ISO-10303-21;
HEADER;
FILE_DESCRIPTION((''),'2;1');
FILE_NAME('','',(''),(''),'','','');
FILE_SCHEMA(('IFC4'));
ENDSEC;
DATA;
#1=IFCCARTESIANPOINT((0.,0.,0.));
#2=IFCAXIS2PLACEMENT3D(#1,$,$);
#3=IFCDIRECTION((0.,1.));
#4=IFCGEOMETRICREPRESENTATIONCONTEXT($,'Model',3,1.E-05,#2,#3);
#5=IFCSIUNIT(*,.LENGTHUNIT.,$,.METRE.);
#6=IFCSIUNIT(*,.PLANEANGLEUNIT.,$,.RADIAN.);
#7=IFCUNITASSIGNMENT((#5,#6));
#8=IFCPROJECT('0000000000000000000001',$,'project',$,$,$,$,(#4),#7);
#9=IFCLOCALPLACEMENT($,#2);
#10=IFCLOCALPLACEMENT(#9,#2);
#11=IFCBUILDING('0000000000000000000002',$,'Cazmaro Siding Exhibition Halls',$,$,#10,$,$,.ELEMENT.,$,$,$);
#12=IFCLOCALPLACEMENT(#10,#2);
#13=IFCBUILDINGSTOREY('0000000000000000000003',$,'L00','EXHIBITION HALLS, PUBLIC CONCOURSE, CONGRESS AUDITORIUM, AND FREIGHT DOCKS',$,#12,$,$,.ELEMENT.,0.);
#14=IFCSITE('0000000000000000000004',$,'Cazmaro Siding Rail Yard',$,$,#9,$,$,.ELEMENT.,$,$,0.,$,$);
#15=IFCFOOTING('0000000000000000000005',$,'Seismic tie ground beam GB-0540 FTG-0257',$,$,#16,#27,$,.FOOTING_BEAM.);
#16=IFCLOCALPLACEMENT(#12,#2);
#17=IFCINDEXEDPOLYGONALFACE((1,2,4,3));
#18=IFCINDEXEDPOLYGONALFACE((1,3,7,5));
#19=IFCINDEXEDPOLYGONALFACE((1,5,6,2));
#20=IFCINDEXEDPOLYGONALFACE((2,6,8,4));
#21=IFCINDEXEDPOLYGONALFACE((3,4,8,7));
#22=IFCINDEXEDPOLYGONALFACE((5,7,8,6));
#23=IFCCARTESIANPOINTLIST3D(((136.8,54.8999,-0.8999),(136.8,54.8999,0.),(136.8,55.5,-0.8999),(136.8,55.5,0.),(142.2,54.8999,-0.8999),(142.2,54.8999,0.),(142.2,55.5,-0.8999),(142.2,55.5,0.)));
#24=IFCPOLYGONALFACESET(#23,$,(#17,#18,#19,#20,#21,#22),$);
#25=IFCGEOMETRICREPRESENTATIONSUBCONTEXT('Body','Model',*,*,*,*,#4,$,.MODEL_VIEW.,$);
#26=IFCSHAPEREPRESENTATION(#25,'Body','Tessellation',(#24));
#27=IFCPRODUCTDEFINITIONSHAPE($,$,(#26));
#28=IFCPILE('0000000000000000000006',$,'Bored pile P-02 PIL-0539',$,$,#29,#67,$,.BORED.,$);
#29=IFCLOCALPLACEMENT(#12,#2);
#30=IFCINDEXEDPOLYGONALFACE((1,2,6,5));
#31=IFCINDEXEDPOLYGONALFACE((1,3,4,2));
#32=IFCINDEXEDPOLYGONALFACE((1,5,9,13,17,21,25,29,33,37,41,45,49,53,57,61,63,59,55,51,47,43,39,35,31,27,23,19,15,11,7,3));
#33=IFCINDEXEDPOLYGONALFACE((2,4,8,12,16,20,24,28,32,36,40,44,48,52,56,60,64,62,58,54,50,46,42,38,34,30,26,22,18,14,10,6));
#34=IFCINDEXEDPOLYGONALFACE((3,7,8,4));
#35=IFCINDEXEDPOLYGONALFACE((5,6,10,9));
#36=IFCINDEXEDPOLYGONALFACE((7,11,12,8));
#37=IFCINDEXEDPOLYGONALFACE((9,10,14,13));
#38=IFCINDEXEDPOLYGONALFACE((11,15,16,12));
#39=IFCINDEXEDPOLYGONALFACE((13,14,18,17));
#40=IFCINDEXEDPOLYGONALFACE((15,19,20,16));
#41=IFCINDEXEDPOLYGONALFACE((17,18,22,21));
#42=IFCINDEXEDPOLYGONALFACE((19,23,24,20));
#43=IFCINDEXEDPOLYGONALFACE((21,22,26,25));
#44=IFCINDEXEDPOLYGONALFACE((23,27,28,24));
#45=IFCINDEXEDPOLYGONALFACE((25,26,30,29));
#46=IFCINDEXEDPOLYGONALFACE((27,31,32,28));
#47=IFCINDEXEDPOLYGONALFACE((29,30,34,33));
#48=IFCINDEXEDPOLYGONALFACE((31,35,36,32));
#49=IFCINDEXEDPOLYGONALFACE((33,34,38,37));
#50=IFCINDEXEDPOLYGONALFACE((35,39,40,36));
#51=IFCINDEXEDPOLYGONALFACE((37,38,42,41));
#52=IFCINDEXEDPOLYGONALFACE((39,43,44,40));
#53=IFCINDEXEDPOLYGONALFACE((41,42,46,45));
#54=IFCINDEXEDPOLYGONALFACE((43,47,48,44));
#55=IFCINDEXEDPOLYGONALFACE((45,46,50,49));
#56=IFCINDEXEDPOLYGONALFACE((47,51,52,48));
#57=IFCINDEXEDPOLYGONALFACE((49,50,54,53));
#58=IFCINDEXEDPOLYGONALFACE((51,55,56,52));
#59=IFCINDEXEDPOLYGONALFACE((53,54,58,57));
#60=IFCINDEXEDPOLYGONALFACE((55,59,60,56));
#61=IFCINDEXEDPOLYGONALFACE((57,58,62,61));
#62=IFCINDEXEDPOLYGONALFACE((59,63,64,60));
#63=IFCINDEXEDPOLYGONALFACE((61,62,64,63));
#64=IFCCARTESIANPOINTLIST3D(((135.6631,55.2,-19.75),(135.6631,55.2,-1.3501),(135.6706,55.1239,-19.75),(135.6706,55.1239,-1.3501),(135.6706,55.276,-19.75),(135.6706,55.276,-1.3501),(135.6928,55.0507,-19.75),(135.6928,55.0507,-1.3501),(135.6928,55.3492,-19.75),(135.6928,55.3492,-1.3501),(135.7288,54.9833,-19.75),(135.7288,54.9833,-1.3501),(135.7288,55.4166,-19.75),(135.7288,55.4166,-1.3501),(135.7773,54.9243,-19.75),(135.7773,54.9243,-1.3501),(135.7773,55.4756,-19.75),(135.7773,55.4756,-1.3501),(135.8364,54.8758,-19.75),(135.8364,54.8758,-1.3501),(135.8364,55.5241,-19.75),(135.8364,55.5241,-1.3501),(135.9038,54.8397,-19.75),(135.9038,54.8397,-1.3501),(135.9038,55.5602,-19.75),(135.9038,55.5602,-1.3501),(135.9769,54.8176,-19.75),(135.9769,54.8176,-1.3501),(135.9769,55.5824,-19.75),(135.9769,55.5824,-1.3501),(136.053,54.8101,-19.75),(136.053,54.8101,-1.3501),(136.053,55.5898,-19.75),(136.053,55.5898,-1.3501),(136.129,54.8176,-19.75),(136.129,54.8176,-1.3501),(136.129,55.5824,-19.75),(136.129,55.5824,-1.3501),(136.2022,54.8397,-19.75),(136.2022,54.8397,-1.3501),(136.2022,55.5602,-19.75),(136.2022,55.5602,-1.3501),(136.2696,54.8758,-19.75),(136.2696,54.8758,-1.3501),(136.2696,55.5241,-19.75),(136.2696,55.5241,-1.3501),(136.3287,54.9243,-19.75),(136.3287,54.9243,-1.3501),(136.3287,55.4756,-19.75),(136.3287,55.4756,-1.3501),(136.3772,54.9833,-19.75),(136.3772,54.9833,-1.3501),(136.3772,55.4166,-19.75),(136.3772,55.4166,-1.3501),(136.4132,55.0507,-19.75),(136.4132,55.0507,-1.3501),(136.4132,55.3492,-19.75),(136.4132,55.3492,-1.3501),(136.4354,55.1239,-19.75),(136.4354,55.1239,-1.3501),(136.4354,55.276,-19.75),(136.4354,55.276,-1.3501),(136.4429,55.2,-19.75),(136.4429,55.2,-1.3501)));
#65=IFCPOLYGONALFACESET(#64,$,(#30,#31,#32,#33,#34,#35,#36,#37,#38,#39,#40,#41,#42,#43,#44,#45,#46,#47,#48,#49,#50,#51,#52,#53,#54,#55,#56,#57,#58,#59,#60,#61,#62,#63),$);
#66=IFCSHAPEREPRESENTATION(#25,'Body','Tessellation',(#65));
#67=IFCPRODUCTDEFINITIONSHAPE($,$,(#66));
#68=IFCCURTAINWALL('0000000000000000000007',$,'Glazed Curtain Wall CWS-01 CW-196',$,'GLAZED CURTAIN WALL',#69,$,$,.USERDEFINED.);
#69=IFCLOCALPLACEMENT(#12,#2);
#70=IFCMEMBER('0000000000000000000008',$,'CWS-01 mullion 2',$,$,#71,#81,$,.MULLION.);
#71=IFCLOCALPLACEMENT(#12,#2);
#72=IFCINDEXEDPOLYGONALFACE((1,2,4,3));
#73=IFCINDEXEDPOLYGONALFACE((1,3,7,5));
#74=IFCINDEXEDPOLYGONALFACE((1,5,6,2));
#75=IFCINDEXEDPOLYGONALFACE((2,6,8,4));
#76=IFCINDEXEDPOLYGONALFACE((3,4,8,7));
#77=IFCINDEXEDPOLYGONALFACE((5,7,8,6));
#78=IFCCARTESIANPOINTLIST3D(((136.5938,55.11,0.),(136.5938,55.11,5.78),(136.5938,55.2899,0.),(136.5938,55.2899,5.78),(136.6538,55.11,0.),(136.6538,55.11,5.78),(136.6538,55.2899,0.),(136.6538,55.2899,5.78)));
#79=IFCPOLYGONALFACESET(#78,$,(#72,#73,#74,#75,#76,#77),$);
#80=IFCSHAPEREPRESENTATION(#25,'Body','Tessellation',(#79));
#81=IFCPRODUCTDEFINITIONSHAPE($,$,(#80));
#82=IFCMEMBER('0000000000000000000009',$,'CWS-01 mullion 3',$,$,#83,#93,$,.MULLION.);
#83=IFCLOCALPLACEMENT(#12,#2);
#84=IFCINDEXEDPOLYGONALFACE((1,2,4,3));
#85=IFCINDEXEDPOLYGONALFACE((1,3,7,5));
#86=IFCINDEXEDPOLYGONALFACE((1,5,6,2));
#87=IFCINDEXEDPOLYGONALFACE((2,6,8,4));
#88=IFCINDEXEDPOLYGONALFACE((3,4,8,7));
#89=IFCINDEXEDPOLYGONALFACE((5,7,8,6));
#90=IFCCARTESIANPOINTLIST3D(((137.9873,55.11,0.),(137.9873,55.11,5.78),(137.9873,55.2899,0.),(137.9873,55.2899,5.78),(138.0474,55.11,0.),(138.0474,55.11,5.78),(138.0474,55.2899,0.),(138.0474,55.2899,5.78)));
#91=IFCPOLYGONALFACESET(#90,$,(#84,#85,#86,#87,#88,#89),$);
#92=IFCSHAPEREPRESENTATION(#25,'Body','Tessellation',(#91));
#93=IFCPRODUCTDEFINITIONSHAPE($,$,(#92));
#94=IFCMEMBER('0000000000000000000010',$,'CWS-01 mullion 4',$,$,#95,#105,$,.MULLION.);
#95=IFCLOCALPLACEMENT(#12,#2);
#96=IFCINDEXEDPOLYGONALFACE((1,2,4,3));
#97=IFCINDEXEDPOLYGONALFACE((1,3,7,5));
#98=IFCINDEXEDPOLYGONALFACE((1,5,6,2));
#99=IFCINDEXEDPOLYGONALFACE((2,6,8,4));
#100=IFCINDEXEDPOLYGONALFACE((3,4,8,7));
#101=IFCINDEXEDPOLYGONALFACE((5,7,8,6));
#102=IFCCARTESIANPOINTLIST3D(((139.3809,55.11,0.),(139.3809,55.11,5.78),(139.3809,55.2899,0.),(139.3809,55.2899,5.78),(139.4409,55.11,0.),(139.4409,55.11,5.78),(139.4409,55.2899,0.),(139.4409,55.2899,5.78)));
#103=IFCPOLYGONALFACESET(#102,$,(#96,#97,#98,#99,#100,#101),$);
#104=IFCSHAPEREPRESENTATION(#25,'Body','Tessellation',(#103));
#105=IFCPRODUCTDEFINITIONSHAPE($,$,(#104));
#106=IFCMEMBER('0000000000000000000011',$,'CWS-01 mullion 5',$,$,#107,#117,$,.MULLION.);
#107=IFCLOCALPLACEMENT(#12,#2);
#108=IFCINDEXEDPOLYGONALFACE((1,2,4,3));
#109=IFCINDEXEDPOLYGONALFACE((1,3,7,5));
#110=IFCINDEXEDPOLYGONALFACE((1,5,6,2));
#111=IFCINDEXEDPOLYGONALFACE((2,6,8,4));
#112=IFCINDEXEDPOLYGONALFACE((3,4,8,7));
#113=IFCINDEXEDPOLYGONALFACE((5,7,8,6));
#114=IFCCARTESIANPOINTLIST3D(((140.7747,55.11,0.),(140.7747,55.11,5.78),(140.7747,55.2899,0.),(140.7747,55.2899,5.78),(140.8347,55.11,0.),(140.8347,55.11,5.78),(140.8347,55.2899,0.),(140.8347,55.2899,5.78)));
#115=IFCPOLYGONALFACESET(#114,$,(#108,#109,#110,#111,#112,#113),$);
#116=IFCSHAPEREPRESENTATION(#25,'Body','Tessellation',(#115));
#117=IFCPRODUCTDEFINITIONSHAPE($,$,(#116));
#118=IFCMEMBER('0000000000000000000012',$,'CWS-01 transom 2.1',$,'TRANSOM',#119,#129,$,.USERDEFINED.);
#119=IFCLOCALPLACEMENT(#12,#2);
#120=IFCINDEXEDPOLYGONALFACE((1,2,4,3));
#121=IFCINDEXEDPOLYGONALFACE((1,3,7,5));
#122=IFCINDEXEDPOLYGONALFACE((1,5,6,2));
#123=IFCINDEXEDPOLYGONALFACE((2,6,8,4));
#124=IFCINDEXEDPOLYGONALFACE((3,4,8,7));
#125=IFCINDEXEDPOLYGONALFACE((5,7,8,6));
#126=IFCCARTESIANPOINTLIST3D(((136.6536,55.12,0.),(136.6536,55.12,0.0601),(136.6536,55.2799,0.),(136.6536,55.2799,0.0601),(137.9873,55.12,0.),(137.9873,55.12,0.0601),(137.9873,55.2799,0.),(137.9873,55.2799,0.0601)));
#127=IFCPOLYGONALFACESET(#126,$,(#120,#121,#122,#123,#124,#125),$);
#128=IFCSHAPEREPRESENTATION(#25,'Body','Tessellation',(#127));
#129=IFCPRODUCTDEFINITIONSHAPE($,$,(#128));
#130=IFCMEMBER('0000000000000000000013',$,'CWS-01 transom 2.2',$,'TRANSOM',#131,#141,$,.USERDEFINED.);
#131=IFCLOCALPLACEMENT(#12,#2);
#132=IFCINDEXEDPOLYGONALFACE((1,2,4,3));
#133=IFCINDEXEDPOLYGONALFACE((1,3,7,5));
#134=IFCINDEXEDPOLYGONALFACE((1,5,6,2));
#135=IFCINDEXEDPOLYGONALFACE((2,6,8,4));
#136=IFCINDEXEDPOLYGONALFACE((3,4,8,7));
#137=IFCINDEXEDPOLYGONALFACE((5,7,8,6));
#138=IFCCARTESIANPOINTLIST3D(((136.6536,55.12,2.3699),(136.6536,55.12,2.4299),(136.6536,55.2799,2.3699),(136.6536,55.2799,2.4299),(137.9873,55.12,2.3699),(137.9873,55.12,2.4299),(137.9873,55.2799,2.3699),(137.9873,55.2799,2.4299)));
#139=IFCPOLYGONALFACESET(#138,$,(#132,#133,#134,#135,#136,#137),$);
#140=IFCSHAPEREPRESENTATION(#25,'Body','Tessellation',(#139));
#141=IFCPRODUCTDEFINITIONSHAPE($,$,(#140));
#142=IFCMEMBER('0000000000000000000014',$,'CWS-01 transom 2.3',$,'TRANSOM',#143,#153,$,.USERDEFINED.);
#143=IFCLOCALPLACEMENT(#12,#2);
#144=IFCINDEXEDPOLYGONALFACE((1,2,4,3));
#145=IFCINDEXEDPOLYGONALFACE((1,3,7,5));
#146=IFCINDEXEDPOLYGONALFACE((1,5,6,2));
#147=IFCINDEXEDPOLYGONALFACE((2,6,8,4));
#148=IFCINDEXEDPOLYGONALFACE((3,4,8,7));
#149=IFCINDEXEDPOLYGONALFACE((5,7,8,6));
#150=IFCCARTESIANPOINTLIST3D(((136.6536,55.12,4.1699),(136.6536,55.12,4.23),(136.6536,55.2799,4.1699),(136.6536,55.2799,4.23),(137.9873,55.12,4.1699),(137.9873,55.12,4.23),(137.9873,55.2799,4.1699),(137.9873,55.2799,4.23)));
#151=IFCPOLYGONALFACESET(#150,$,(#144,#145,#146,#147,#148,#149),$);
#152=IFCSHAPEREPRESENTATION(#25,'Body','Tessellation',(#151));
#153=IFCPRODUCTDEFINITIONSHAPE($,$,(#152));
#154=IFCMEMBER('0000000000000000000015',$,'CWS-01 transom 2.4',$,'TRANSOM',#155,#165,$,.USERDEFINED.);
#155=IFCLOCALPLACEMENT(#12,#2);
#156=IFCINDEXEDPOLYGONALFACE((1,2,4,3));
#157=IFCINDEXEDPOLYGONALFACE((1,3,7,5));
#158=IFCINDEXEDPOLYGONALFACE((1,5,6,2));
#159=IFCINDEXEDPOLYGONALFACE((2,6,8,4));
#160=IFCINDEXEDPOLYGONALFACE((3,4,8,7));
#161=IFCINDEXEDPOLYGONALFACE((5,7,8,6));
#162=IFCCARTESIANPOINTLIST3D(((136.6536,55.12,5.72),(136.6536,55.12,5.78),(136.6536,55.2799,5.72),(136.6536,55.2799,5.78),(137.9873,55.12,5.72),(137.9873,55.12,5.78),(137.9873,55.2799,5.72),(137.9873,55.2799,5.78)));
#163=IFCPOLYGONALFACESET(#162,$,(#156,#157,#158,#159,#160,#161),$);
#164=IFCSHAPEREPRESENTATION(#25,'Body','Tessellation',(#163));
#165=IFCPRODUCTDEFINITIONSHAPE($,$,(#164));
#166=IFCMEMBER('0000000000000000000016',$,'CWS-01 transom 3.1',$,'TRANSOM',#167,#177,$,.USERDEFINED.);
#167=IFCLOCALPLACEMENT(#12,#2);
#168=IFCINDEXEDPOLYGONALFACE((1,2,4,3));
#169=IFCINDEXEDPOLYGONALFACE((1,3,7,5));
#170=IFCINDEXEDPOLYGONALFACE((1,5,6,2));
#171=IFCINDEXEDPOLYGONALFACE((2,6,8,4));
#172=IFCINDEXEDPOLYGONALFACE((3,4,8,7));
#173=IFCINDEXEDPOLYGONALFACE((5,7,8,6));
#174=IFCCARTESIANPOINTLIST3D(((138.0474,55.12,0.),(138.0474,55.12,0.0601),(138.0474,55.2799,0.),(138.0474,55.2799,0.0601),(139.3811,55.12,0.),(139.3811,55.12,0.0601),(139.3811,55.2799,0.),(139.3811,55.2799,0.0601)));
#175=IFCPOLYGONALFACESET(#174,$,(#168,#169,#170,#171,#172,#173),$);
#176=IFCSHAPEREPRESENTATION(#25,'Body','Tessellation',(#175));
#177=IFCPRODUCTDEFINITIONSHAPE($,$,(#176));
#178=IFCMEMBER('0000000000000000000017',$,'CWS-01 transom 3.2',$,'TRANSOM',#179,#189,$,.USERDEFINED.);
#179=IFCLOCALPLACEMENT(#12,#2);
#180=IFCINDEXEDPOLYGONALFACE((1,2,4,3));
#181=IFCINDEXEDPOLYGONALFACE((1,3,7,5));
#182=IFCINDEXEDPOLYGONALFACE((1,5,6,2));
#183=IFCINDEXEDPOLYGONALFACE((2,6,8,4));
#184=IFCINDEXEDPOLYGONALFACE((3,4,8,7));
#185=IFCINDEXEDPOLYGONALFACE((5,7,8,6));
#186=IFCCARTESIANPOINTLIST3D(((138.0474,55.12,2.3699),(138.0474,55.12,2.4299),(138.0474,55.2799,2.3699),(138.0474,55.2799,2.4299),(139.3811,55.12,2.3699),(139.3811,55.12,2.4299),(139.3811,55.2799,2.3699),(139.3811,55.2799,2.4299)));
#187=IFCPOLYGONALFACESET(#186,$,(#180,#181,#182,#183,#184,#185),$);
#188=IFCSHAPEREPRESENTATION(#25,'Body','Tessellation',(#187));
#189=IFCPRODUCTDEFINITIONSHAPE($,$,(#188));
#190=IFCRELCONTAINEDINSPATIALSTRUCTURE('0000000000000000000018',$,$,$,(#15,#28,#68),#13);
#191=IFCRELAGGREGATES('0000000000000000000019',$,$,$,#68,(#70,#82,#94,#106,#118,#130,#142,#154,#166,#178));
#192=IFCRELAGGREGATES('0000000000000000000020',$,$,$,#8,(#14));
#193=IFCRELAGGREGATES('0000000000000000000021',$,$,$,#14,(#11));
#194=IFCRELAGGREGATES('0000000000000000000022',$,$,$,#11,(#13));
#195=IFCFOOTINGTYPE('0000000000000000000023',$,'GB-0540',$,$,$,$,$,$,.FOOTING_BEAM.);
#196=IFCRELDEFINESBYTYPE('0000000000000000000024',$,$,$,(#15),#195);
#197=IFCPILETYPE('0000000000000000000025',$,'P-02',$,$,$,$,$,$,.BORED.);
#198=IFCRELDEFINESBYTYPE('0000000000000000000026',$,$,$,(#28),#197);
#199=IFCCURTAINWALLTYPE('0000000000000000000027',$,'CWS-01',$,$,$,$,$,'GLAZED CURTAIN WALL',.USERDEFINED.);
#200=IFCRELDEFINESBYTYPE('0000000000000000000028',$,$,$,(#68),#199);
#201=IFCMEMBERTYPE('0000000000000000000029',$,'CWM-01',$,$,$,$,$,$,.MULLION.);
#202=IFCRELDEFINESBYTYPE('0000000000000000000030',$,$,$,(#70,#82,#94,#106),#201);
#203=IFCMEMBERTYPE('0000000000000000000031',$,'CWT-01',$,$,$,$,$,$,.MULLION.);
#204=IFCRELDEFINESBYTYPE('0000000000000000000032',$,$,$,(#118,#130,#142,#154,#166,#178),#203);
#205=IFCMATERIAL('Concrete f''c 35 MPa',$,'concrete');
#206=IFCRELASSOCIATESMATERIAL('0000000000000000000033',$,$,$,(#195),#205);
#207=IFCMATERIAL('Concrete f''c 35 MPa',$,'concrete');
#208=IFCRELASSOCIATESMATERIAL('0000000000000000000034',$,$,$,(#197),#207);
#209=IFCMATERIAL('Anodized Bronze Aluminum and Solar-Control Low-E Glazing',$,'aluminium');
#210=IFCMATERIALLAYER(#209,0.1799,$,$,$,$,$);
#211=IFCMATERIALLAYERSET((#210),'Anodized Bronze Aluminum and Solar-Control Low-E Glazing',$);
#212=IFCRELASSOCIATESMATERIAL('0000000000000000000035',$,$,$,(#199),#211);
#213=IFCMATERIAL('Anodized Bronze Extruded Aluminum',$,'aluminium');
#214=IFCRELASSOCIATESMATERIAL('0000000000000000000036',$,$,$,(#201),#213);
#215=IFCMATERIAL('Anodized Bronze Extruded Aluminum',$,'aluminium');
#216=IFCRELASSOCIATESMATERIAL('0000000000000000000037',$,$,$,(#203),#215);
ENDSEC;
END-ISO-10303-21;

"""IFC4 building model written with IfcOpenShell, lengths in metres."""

from ifc_helpers import new_model, si_unit, direction, frame, origin, origin_2d, place, context, subcontext, project, spatial, rectangle, circle, extrude, material, layer, layer_set, material_profile, profile_set, type_object, element, aggregate, save


model = new_model("IFC4")

# Units and contexts
model_context = context("Model", 3, precision=1e-05, world=origin(), true_north=direction((0.0, 1.0)))
body_context = subcontext(model_context, "Body", "Model", "MODEL_VIEW")
ifc_project = project(units=[si_unit("LENGTHUNIT", "METRE"), si_unit("PLANEANGLEUNIT", "RADIAN")], contexts=[model_context])

# Site, building, storey
site_placement = place(None, origin())
site = spatial("IfcSite", under=ifc_project, at=site_placement, Name="Cazmaro Siding Rail Yard", CompositionType="ELEMENT", RefElevation=0.0)
building_placement = place(site_placement, origin())
building = spatial("IfcBuilding", under=site, at=building_placement, Name="Cazmaro Siding Exhibition Halls", CompositionType="ELEMENT")
storey_placement = place(building_placement, origin())
storey = spatial("IfcBuildingStorey", under=building, at=storey_placement, Name="L00", Description="EXHIBITION HALLS, PUBLIC CONCOURSE, CONGRESS AUDITORIUM, AND FREIGHT DOCKS", CompositionType="ELEMENT", Elevation=0.0)

# Footing
ifc_material_1 = material(Name="Concrete f'c 35 MPa", Category="concrete")
footing_type = type_object("IfcFootingType", Name="GB-0540", PredefinedType="FOOTING_BEAM", material=ifc_material_1)
footing_placement = place(storey_placement, frame((139.5, 55.2, -0.8999), z_axis=(0.0, 0.0, 1.0), x_axis=(1.0, 0.0, 0.0)))
element("IfcFooting", 1, at=footing_placement, inside=storey, type_object=footing_type, Name="Seismic tie ground beam GB-0540 FTG-0257", PredefinedType="FOOTING_BEAM", context=body_context, shape_type="SweptSolid", body=[
    extrude(rectangle(XDim=5.3999, YDim=0.6001, at=origin_2d()), origin(), (0.0, 0.0, 1.0), 0.8999),
])

# Pile
ifc_material_2 = material(Name="Concrete f'c 35 MPa", Category="concrete")
ifc_material_profile_1 = material_profile(ifc_material_2, circle(Radius=0.3899, at=origin_2d()), Name="CIDH-780")
ifc_profile_set_1 = profile_set([ifc_material_profile_1], Name="Concrete f'c 35 MPa")
pile_type = type_object("IfcPileType", Name="P-02", PredefinedType="BORED", material=ifc_profile_set_1)
pile_placement = place(storey_placement, frame((136.053, 55.2, -1.3501), z_axis=(0.0, 0.0, -1.0), x_axis=(1.0, 0.0, 0.0)))
element("IfcPile", 2, at=pile_placement, inside=storey, type_object=pile_type, Name="Bored pile P-02 PIL-0539", PredefinedType="BORED", context=body_context, shape_type="SweptSolid", body=[
    extrude(circle(Radius=0.3899, at=origin_2d()), origin(), (0.0, 0.0, 1.0), 18.3999),
])

# Curtain wall, members
ifc_material_3 = material(Name="Anodized Bronze Aluminum and Solar-Control Low-E Glazing", Category="aluminium")
ifc_layer_1 = layer(ifc_material_3, 0.1799)
ifc_layer_set_1 = layer_set([ifc_layer_1], Name="Anodized Bronze Aluminum and Solar-Control Low-E Glazing")
curtain_wall_type = type_object("IfcCurtainWallType", Name="CWS-01", ElementType="GLAZED CURTAIN WALL", PredefinedType="USERDEFINED", material=ifc_layer_set_1)
curtain_wall_placement = place(storey_placement, origin())
curtain_wall = element("IfcCurtainWall", 3, at=curtain_wall_placement, inside=storey, type_object=curtain_wall_type, Name="Glazed Curtain Wall CWS-01 CW-196", ObjectType="GLAZED CURTAIN WALL", PredefinedType="USERDEFINED")
ifc_material_4 = material(Name="Anodized Bronze Extruded Aluminum", Category="aluminium")
ifc_material_profile_2 = material_profile(ifc_material_4, rectangle(XDim=0.1799, YDim=0.0601, at=origin_2d()), Name="CWM-01")
ifc_profile_set_2 = profile_set([ifc_material_profile_2], Name="Anodized Bronze Extruded Aluminum")
member_type_1 = type_object("IfcMemberType", Name="CWM-01", PredefinedType="MULLION", material=ifc_profile_set_2)
member_1_placement = place(storey_placement, frame((136.6238, 55.2, 0.0), z_axis=(0.0, 0.0, 1.0), x_axis=(0.0, 1.0, 0.0)))
member_1 = element("IfcMember", 4, at=member_1_placement, type_object=member_type_1, Name="CWS-01 mullion 2", PredefinedType="MULLION", context=body_context, shape_type="SweptSolid", body=[
    extrude(rectangle(XDim=0.1799, YDim=0.0601, at=origin_2d()), origin(), (0.0, 0.0, 1.0), 5.78),
])
member_2_placement = place(storey_placement, frame((138.0173, 55.2, 0.0), z_axis=(0.0, 0.0, 1.0), x_axis=(0.0, 1.0, 0.0)))
member_2 = element("IfcMember", 5, at=member_2_placement, type_object=member_type_1, Name="CWS-01 mullion 3", PredefinedType="MULLION", context=body_context, shape_type="SweptSolid", body=[
    extrude(rectangle(XDim=0.1799, YDim=0.0601, at=origin_2d()), origin(), (0.0, 0.0, 1.0), 5.78),
])
member_3_placement = place(storey_placement, frame((139.4109, 55.2, 0.0), z_axis=(0.0, 0.0, 1.0), x_axis=(0.0, 1.0, 0.0)))
member_3 = element("IfcMember", 6, at=member_3_placement, type_object=member_type_1, Name="CWS-01 mullion 4", PredefinedType="MULLION", context=body_context, shape_type="SweptSolid", body=[
    extrude(rectangle(XDim=0.1799, YDim=0.0601, at=origin_2d()), origin(), (0.0, 0.0, 1.0), 5.78),
])
member_4_placement = place(storey_placement, frame((140.8047, 55.2, 0.0), z_axis=(0.0, 0.0, 1.0), x_axis=(0.0, 1.0, 0.0)))
member_4 = element("IfcMember", 7, at=member_4_placement, type_object=member_type_1, Name="CWS-01 mullion 5", PredefinedType="MULLION", context=body_context, shape_type="SweptSolid", body=[
    extrude(rectangle(XDim=0.1799, YDim=0.0601, at=origin_2d()), origin(), (0.0, 0.0, 1.0), 5.78),
])
ifc_material_5 = material(Name="Anodized Bronze Extruded Aluminum", Category="aluminium")
ifc_material_profile_3 = material_profile(ifc_material_5, rectangle(XDim=0.1599, YDim=0.0601, at=origin_2d()), Name="CWT-01")
ifc_profile_set_3 = profile_set([ifc_material_profile_3], Name="Anodized Bronze Extruded Aluminum")
member_type_2 = type_object("IfcMemberType", Name="CWT-01", PredefinedType="MULLION", material=ifc_profile_set_3)
member_5_placement = place(storey_placement, frame((136.6536, 55.2, 0.03), z_axis=(1.0, 0.0, 0.0), x_axis=(0.0, 1.0, 0.0)))
member_5 = element("IfcMember", 8, at=member_5_placement, type_object=member_type_2, Name="CWS-01 transom 2.1", ObjectType="TRANSOM", PredefinedType="USERDEFINED", context=body_context, shape_type="SweptSolid", body=[
    extrude(rectangle(XDim=0.1599, YDim=0.0601, at=origin_2d()), origin(), (0.0, 0.0, 1.0), 1.3337),
])
member_6_placement = place(storey_placement, frame((136.6536, 55.2, 2.3999), z_axis=(1.0, 0.0, 0.0), x_axis=(0.0, 1.0, 0.0)))
member_6 = element("IfcMember", 9, at=member_6_placement, type_object=member_type_2, Name="CWS-01 transom 2.2", ObjectType="TRANSOM", PredefinedType="USERDEFINED", context=body_context, shape_type="SweptSolid", body=[
    extrude(rectangle(XDim=0.1599, YDim=0.0601, at=origin_2d()), origin(), (0.0, 0.0, 1.0), 1.3337),
])
member_7_placement = place(storey_placement, frame((136.6536, 55.2, 4.2), z_axis=(1.0, 0.0, 0.0), x_axis=(0.0, 1.0, 0.0)))
member_7 = element("IfcMember", 10, at=member_7_placement, type_object=member_type_2, Name="CWS-01 transom 2.3", ObjectType="TRANSOM", PredefinedType="USERDEFINED", context=body_context, shape_type="SweptSolid", body=[
    extrude(rectangle(XDim=0.1599, YDim=0.0601, at=origin_2d()), origin(), (0.0, 0.0, 1.0), 1.3337),
])
member_8_placement = place(storey_placement, frame((136.6536, 55.2, 5.75), z_axis=(1.0, 0.0, 0.0), x_axis=(0.0, 1.0, 0.0)))
member_8 = element("IfcMember", 11, at=member_8_placement, type_object=member_type_2, Name="CWS-01 transom 2.4", ObjectType="TRANSOM", PredefinedType="USERDEFINED", context=body_context, shape_type="SweptSolid", body=[
    extrude(rectangle(XDim=0.1599, YDim=0.0601, at=origin_2d()), origin(), (0.0, 0.0, 1.0), 1.3337),
])
member_9_placement = place(storey_placement, frame((138.0474, 55.2, 0.03), z_axis=(1.0, 0.0, 0.0), x_axis=(0.0, 1.0, 0.0)))
member_9 = element("IfcMember", 12, at=member_9_placement, type_object=member_type_2, Name="CWS-01 transom 3.1", ObjectType="TRANSOM", PredefinedType="USERDEFINED", context=body_context, shape_type="SweptSolid", body=[
    extrude(rectangle(XDim=0.1599, YDim=0.0601, at=origin_2d()), origin(), (0.0, 0.0, 1.0), 1.3337),
])
member_10_placement = place(storey_placement, frame((138.0474, 55.2, 2.3999), z_axis=(1.0, 0.0, 0.0), x_axis=(0.0, 1.0, 0.0)))
member_10 = element("IfcMember", 13, at=member_10_placement, type_object=member_type_2, Name="CWS-01 transom 3.2", ObjectType="TRANSOM", PredefinedType="USERDEFINED", context=body_context, shape_type="SweptSolid", body=[
    extrude(rectangle(XDim=0.1599, YDim=0.0601, at=origin_2d()), origin(), (0.0, 0.0, 1.0), 1.3337),
])
aggregate(curtain_wall, [member_1, member_2, member_3, member_4, member_5, member_6, member_7, member_8, member_9, member_10])

save(model, "model.ifc")
